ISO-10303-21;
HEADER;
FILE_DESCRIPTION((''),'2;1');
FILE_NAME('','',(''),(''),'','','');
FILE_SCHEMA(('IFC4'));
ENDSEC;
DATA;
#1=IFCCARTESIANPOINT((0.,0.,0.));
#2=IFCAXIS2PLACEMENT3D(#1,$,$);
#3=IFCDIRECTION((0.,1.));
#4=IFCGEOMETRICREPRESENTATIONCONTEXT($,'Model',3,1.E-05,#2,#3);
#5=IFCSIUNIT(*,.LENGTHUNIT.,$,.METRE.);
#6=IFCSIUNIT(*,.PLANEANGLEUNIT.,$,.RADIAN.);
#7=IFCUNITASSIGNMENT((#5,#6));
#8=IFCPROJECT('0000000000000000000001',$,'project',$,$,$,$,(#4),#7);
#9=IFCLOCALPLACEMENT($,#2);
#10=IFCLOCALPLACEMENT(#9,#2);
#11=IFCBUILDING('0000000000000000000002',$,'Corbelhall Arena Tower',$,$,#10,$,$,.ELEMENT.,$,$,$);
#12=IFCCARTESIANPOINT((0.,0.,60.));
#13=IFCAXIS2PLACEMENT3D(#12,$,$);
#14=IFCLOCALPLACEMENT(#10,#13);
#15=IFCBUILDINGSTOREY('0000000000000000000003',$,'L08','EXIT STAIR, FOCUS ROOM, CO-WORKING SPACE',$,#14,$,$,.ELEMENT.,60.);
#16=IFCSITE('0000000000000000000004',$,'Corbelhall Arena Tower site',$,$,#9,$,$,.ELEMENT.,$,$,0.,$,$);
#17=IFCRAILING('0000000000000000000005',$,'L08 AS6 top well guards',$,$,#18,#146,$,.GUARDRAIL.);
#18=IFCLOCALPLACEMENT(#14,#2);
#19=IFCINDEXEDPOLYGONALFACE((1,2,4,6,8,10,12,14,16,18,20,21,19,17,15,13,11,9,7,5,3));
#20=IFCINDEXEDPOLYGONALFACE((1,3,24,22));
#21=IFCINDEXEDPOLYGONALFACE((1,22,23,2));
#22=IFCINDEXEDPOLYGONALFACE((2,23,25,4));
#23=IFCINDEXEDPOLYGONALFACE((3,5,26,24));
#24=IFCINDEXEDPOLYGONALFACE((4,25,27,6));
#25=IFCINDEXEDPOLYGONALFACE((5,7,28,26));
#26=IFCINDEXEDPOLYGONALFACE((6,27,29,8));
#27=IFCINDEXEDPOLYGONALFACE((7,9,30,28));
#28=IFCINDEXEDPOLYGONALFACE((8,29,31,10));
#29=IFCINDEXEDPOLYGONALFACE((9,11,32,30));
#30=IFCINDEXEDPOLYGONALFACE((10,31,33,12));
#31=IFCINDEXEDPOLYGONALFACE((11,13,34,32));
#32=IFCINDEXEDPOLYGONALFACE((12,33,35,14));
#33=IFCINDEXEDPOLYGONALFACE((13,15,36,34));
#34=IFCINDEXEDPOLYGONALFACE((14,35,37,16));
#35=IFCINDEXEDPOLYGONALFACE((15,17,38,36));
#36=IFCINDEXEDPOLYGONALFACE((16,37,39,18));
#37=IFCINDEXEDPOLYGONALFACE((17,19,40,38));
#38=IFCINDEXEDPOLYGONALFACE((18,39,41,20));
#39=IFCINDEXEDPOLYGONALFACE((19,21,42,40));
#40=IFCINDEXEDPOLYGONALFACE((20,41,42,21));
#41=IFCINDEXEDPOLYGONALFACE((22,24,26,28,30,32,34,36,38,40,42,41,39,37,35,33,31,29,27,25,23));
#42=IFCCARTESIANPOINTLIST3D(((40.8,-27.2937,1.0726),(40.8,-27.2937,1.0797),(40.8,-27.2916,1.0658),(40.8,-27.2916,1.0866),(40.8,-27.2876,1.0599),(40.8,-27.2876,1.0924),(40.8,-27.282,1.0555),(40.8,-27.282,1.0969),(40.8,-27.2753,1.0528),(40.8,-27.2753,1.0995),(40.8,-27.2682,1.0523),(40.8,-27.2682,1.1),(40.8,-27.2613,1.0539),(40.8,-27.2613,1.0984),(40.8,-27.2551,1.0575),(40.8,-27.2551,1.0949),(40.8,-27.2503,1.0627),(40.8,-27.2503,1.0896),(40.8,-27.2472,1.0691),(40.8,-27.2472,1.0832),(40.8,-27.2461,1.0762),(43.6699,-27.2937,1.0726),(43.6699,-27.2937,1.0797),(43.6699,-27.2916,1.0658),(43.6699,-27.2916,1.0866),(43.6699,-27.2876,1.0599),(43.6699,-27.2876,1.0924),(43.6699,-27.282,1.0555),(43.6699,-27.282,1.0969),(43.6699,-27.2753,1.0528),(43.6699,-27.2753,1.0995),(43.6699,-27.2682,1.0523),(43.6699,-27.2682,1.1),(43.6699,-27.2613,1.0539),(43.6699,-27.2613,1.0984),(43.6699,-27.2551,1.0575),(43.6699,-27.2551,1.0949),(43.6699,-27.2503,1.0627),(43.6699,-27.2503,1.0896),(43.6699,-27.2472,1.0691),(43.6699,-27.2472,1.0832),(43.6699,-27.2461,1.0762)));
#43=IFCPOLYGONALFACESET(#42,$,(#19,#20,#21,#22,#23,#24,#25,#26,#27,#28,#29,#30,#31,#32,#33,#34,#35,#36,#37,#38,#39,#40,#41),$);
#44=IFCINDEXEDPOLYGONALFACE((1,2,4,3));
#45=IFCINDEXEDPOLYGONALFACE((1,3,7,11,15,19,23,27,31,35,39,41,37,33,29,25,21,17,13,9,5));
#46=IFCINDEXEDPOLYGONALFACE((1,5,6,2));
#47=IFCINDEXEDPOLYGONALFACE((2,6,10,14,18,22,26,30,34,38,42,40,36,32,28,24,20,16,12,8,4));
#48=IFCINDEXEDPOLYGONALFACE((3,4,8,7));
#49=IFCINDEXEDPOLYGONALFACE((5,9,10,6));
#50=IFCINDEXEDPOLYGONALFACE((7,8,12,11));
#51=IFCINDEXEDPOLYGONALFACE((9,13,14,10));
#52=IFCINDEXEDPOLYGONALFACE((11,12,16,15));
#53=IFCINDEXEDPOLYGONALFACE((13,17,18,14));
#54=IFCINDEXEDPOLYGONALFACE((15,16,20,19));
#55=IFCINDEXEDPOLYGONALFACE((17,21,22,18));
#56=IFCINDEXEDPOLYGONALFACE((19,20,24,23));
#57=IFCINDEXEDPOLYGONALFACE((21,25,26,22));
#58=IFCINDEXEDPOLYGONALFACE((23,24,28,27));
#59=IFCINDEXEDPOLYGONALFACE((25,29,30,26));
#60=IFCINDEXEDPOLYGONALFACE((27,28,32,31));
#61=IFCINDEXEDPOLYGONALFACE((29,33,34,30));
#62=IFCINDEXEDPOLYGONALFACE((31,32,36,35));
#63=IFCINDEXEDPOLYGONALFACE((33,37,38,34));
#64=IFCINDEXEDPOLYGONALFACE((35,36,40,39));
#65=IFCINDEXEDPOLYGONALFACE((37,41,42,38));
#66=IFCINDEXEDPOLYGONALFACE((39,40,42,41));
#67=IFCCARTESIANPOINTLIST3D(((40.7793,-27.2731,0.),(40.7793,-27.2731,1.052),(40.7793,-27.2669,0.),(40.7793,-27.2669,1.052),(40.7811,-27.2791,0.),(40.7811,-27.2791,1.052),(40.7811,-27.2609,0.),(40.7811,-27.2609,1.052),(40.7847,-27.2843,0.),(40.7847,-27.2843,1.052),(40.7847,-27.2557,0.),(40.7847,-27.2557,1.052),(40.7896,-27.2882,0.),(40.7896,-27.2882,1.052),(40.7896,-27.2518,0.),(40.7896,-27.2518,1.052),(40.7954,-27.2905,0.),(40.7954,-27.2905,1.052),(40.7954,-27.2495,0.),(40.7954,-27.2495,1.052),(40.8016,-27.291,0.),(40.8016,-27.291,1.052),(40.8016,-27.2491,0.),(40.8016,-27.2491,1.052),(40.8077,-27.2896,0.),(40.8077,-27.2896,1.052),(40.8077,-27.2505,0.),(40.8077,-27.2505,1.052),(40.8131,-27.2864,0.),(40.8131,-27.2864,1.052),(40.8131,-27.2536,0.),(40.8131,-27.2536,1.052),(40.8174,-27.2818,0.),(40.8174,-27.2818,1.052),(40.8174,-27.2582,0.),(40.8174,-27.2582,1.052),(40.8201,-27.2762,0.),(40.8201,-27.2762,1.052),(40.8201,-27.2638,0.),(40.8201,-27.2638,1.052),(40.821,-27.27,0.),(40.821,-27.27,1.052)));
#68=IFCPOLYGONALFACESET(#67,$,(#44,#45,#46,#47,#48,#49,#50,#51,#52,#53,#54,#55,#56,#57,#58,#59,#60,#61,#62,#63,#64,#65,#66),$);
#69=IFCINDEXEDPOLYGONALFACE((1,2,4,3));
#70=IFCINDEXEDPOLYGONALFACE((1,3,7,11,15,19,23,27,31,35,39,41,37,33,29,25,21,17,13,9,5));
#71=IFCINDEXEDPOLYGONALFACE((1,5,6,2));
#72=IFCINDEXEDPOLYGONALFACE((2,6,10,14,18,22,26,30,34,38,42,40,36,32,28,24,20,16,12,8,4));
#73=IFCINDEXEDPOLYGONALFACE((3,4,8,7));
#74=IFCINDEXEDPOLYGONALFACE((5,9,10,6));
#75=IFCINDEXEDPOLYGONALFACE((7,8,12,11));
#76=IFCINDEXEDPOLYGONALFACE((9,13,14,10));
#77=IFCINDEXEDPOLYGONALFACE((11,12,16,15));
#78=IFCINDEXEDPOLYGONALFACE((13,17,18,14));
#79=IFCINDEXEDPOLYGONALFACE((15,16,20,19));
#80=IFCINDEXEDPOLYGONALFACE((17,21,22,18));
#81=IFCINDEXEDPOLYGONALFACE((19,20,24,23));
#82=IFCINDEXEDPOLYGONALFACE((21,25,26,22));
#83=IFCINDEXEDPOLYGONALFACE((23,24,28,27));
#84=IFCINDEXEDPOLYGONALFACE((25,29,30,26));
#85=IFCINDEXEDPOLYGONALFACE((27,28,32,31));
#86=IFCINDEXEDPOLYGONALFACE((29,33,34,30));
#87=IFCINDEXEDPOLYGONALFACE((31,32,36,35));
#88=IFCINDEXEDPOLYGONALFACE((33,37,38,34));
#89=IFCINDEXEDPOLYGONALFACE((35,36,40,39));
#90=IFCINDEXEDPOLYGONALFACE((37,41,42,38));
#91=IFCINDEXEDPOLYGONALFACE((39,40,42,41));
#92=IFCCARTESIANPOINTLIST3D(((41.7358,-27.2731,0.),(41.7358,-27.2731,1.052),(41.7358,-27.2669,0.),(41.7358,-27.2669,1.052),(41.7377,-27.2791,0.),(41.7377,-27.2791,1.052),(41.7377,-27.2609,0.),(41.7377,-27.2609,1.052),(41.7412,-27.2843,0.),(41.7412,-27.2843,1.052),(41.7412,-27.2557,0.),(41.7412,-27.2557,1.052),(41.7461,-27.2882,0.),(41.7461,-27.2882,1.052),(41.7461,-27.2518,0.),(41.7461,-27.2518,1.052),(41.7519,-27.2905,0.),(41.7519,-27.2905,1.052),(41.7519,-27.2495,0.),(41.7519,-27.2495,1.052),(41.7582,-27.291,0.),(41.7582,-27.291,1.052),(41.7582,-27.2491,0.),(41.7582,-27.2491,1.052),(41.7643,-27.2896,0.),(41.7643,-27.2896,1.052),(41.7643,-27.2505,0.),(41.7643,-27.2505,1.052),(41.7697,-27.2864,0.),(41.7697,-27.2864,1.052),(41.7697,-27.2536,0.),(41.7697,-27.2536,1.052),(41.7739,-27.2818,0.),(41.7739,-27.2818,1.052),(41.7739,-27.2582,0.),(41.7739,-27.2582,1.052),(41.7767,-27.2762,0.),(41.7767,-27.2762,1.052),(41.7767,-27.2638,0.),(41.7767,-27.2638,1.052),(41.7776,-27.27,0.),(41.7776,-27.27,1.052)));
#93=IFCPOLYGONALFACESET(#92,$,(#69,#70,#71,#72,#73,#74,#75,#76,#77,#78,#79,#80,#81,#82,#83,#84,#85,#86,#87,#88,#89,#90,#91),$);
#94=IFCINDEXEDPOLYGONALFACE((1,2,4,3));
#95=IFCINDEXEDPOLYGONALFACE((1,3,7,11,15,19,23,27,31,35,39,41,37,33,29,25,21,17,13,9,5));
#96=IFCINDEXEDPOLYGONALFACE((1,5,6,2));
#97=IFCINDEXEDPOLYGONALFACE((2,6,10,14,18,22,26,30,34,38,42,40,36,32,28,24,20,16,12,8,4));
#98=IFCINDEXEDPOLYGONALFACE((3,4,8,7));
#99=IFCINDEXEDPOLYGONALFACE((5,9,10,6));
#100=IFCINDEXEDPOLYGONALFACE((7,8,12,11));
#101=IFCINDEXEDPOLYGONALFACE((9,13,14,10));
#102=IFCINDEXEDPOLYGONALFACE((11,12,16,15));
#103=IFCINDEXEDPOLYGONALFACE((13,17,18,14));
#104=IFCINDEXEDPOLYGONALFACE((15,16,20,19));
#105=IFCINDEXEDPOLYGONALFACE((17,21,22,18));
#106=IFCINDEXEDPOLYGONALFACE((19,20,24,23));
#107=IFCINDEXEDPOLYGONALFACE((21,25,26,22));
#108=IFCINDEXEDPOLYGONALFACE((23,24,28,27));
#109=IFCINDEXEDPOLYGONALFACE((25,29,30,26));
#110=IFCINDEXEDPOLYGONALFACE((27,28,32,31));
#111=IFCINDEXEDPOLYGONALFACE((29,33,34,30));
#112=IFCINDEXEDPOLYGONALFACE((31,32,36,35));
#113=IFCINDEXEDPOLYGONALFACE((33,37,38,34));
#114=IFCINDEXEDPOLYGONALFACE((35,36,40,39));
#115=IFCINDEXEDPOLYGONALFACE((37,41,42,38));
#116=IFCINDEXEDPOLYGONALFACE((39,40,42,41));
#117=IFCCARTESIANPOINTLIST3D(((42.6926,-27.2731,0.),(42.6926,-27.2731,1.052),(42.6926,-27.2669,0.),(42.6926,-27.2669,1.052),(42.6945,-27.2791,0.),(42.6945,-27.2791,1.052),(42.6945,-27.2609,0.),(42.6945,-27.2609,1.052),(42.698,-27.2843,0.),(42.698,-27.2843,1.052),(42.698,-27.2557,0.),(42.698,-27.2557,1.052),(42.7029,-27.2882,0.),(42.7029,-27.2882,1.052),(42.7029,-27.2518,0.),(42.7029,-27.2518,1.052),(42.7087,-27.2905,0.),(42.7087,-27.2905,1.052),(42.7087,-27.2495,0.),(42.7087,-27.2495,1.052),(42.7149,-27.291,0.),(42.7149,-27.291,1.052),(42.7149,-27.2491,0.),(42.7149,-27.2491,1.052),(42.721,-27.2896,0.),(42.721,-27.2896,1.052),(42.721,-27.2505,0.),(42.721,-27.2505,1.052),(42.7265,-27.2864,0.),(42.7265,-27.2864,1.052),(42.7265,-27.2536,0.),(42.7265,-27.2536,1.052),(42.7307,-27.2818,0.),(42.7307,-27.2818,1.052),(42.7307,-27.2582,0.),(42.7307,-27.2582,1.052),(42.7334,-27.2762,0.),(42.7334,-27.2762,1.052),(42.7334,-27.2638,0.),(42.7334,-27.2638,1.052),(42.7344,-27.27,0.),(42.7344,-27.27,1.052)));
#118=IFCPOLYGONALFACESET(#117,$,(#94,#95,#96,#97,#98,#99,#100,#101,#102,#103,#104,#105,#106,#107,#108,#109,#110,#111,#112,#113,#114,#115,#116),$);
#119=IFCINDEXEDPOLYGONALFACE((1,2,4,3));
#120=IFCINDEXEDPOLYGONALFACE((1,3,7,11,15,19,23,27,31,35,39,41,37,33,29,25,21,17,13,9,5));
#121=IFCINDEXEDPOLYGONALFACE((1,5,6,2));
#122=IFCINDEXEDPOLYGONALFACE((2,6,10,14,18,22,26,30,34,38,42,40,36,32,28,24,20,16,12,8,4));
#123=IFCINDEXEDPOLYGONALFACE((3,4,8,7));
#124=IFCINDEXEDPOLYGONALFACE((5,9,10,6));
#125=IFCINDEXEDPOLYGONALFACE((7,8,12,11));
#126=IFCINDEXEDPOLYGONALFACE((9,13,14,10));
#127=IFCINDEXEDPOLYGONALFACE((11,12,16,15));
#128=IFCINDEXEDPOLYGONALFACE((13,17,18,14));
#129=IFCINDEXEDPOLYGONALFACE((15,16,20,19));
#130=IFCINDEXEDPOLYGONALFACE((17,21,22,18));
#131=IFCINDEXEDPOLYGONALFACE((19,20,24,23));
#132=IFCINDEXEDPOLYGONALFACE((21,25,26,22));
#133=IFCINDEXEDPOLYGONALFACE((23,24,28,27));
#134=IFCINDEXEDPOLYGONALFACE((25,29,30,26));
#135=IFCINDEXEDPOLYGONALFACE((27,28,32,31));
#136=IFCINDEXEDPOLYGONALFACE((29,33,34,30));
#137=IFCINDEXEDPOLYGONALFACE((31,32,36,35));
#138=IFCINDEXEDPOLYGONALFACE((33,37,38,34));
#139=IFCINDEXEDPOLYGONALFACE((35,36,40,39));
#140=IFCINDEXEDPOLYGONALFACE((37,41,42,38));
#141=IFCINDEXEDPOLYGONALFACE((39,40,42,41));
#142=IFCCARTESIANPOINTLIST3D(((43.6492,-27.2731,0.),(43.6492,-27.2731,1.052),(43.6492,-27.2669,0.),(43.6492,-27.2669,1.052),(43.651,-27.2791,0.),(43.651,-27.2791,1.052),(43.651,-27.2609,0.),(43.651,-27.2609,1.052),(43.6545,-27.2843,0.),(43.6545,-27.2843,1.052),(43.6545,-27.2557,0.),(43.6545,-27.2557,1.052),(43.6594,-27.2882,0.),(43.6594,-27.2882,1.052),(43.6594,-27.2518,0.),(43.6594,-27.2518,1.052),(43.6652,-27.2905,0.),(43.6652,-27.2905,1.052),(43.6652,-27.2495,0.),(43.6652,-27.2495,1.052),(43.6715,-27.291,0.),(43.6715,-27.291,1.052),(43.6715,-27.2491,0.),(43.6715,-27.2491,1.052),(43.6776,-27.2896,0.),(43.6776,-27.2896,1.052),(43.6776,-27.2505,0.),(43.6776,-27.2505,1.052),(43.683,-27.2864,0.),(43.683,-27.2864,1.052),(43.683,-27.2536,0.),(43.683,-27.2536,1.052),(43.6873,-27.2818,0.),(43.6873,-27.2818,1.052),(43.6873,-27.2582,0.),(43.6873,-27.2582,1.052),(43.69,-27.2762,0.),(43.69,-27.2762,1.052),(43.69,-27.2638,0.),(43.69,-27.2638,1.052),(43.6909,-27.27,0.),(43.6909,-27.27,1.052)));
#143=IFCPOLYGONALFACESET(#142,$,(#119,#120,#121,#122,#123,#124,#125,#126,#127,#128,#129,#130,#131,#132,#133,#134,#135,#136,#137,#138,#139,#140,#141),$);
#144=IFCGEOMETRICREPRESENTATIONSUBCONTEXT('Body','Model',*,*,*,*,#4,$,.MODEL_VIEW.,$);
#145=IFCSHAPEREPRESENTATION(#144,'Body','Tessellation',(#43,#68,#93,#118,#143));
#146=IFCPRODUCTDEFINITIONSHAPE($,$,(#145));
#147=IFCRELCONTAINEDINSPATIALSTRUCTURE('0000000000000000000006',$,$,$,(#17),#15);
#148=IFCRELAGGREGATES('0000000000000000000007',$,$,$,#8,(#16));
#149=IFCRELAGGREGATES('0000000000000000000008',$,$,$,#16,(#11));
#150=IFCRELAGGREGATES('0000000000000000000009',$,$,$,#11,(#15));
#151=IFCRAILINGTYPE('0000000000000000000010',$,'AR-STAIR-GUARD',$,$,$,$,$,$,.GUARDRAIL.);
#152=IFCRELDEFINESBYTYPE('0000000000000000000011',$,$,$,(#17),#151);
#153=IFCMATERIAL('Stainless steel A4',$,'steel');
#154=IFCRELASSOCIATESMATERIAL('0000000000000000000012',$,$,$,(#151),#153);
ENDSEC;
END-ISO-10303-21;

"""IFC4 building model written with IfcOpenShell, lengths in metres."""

from ifc_helpers import new_model, si_unit, direction, frame, origin, origin_2d, place, context, subcontext, project, spatial, circle, extrude, material, type_object, element, save


model = new_model("IFC4")

# Units and contexts
model_context = context("Model", 3, precision=1e-05, world=origin(), true_north=direction((0.0, 1.0)))
body_context = subcontext(model_context, "Body", "Model", "MODEL_VIEW")
ifc_project = project(units=[si_unit("LENGTHUNIT", "METRE"), si_unit("PLANEANGLEUNIT", "RADIAN")], contexts=[model_context])

# Site, building, storey
site_placement = place(None, origin())
site = spatial("IfcSite", under=ifc_project, at=site_placement, Name="Corbelhall Arena Tower site", CompositionType="ELEMENT", RefElevation=0.0)
building_placement = place(site_placement, origin())
building = spatial("IfcBuilding", under=site, at=building_placement, Name="Corbelhall Arena Tower", CompositionType="ELEMENT")
storey_placement = place(building_placement, frame((0.0, 0.0, 60.0)))
storey = spatial("IfcBuildingStorey", under=building, at=storey_placement, Name="L08", Description="EXIT STAIR, FOCUS ROOM, CO-WORKING SPACE", CompositionType="ELEMENT", Elevation=60.0)

# Shared definitions
ifc_material_1 = material(Name="Stainless steel A4", Category="steel")

# Railing
railing_type = type_object("IfcRailingType", Name="AR-STAIR-GUARD", PredefinedType="GUARDRAIL", material=ifc_material_1)
for number, where, name in (
    (1, (40.8, -27.27, 0.0), "L08 AS6 top well guards"),
):
    element("IfcRailing", number, at=place(storey_placement, frame(where)), inside=storey, type_object=railing_type, Name=name, PredefinedType="GUARDRAIL", context=body_context, shape_type="SweptSolid", body=[
        extrude(circle(Radius=0.0239, at=origin_2d()), frame((0.0, 0.0, 1.0762), z_axis=(1.0, 0.0, 0.0), x_axis=(0.0, 1.0, 0.0)), (0.0, 0.0, 1.0), 2.8699),
        extrude(circle(Radius=0.021, at=origin_2d()), origin(), (0.0, 0.0, 1.0), 1.052),
        extrude(circle(Radius=0.021, at=origin_2d()), frame((0.9565, 0.0, 0.0)), (0.0, 0.0, 1.0), 1.052),
        extrude(circle(Radius=0.021, at=origin_2d()), frame((1.9133, 0.0, 0.0)), (0.0, 0.0, 1.0), 1.052),
        extrude(circle(Radius=0.021, at=origin_2d()), frame((2.8699, 0.0, 0.0)), (0.0, 0.0, 1.0), 1.052),
    ])

save(model, "model.ifc")
